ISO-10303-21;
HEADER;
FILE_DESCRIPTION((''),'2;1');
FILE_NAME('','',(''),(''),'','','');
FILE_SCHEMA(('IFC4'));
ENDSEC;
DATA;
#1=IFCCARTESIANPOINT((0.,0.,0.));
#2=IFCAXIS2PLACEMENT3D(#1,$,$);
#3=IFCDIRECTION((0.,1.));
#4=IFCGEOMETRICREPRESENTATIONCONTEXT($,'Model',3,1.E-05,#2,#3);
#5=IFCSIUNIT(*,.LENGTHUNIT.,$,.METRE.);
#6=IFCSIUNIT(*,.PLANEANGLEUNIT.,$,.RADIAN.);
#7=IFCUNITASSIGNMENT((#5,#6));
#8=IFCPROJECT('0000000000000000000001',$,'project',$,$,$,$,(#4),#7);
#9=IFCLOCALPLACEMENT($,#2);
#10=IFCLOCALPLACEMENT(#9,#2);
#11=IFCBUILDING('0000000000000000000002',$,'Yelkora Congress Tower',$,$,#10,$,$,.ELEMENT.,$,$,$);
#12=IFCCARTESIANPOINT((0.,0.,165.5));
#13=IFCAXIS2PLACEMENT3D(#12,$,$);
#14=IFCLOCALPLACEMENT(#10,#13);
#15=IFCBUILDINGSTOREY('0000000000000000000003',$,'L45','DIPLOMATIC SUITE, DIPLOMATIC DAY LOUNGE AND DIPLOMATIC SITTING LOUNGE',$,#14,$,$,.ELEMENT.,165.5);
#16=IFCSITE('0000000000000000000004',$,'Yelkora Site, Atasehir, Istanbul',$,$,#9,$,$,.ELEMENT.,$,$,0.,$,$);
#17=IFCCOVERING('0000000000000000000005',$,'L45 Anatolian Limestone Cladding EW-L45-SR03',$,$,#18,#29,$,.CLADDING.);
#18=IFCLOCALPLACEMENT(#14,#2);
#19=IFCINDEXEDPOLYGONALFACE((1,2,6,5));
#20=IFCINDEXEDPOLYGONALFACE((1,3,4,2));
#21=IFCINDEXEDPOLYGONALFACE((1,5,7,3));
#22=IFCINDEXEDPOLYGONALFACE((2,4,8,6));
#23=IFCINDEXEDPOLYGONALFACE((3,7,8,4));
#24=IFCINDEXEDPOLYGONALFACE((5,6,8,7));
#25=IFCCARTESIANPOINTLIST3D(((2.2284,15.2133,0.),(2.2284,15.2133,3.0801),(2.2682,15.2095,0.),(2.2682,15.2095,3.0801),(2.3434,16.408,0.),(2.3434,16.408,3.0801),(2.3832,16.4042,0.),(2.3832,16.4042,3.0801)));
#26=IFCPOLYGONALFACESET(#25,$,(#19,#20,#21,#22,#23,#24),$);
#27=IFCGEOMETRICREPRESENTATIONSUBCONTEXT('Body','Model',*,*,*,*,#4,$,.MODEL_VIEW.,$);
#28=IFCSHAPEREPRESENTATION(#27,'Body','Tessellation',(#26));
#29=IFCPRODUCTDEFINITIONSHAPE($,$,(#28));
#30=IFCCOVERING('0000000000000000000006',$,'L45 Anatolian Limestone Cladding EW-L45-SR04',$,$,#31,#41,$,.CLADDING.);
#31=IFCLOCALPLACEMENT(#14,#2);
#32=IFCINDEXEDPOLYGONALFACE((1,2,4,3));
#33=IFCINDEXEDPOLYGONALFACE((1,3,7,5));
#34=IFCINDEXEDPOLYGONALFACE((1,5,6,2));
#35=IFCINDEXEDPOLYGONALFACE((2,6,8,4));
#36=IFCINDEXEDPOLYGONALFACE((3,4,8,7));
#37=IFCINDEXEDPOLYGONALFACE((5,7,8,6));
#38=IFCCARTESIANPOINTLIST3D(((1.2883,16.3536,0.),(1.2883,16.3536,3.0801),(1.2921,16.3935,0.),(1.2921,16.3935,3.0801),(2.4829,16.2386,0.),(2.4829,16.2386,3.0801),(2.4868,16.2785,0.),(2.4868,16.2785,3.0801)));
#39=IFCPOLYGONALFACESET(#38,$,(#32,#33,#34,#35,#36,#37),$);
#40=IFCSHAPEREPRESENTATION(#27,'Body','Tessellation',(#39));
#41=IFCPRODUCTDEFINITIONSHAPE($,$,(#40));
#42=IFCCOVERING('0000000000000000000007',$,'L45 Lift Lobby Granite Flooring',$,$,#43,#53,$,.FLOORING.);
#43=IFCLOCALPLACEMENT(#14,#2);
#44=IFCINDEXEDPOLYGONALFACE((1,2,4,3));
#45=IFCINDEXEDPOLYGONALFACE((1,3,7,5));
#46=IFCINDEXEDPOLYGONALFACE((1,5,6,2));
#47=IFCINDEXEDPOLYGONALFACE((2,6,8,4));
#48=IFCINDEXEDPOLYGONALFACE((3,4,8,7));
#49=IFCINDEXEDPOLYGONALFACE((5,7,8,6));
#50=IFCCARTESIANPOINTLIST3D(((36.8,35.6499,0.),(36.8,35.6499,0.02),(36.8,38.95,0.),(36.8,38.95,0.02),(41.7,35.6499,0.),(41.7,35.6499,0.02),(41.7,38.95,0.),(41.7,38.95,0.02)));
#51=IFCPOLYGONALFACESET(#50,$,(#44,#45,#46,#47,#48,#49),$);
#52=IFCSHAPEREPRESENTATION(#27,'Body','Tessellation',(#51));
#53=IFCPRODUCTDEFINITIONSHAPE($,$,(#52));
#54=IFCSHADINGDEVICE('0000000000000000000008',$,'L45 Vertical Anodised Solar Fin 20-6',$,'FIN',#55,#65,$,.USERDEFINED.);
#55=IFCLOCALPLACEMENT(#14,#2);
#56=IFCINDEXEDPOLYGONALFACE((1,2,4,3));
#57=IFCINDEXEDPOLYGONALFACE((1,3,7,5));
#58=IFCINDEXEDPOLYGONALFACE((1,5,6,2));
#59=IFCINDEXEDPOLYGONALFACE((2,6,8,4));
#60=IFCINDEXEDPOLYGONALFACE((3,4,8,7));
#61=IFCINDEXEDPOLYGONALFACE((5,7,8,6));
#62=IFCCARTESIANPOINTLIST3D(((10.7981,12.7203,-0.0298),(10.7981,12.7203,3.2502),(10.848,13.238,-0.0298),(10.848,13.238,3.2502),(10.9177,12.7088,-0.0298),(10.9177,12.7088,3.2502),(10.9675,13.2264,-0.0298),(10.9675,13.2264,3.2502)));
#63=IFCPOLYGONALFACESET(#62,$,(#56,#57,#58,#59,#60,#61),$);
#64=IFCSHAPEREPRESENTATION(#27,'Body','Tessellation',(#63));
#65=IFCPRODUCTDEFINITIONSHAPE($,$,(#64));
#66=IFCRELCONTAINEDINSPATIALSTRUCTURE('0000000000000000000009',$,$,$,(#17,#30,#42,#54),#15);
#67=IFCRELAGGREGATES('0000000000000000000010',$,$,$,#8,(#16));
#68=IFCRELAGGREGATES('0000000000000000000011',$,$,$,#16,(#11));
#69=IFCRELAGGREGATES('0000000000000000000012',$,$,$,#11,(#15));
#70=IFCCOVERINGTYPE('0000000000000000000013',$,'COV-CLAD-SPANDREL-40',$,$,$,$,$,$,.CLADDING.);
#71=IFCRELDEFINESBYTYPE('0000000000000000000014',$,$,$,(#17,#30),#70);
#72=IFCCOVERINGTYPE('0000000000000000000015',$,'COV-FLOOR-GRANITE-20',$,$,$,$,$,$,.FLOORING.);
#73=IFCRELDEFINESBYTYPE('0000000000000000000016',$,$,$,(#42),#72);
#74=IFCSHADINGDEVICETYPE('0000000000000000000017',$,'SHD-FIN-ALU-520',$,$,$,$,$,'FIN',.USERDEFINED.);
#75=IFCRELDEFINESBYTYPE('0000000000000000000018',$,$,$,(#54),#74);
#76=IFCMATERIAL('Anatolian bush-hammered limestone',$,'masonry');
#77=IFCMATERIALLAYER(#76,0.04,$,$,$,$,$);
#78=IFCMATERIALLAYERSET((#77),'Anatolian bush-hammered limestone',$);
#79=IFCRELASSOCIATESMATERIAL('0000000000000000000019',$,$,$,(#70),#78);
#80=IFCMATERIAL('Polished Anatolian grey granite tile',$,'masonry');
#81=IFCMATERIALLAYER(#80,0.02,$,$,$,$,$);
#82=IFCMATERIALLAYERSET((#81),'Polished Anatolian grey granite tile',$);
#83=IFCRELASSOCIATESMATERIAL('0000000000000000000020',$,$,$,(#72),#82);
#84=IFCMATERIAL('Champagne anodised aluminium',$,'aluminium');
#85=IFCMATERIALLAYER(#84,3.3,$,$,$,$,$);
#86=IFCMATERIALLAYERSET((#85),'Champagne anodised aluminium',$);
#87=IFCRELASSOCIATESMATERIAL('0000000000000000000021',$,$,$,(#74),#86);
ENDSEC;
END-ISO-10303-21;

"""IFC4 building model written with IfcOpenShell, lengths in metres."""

from ifc_helpers import new_model, si_unit, direction, frame, frame_2d, origin, origin_2d, place, context, subcontext, project, spatial, polyline, rectangle, outline, extrude, material, layer, layer_set, type_object, element, save


model = new_model("IFC4")

# Units and contexts
model_context = context("Model", 3, precision=1e-05, world=origin(), true_north=direction((0.0, 1.0)))
body_context = subcontext(model_context, "Body", "Model", "MODEL_VIEW")
ifc_project = project(units=[si_unit("LENGTHUNIT", "METRE"), si_unit("PLANEANGLEUNIT", "RADIAN")], contexts=[model_context])

# Site, building, storey
site_placement = place(None, origin())
site = spatial("IfcSite", under=ifc_project, at=site_placement, Name="Yelkora Site, Atasehir, Istanbul", CompositionType="ELEMENT", RefElevation=0.0)
building_placement = place(site_placement, origin())
building = spatial("IfcBuilding", under=site, at=building_placement, Name="Yelkora Congress Tower", CompositionType="ELEMENT")
storey_placement = place(building_placement, frame((0.0, 0.0, 165.5)))
storey = spatial("IfcBuildingStorey", under=building, at=storey_placement, Name="L45", Description="DIPLOMATIC SUITE, DIPLOMATIC DAY LOUNGE AND DIPLOMATIC SITTING LOUNGE", CompositionType="ELEMENT", Elevation=165.5)

# Coverings
ifc_material_1 = material(Name="Anatolian bush-hammered limestone", Category="masonry")
ifc_layer_1 = layer(ifc_material_1, 0.04)
ifc_layer_set_1 = layer_set([ifc_layer_1], Name="Anatolian bush-hammered limestone")
covering_type_1 = type_object("IfcCoveringType", Name="COV-CLAD-SPANDREL-40", PredefinedType="CLADDING", material=ifc_layer_set_1)
for number, where, z_axis, x_axis, name in (
    (1, (2.2483, 15.2114, 0.0), (0.0, 0.0, 1.0), (0.095817, 0.995399, 0.0), "L45 Anatolian Limestone Cladding EW-L45-SR03"),
    (2, (2.4849, 16.2585, 0.0), (0.0, 0.0, 1.0), (-0.995399, 0.095817, 0.0), "L45 Anatolian Limestone Cladding EW-L45-SR04"),
):
    element("IfcCovering", number, at=place(storey_placement, frame(where, z_axis=z_axis, x_axis=x_axis)), inside=storey, type_object=covering_type_1, Name=name, PredefinedType="CLADDING", context=body_context, shape_type="SweptSolid", body=[
        extrude(rectangle(XDim=1.2002, YDim=0.04, at=frame_2d((0.6001, 0.0))), origin(), (0.0, 0.0, 1.0), 3.0801),
    ])
ifc_material_2 = material(Name="Polished Anatolian grey granite tile", Category="masonry")
ifc_layer_2 = layer(ifc_material_2, 0.02)
ifc_layer_set_2 = layer_set([ifc_layer_2], Name="Polished Anatolian grey granite tile")
covering_type_2 = type_object("IfcCoveringType", Name="COV-FLOOR-GRANITE-20", PredefinedType="FLOORING", material=ifc_layer_set_2)
covering_1_placement = place(storey_placement, origin())
element("IfcCovering", 3, at=covering_1_placement, inside=storey, type_object=covering_type_2, Name="L45 Lift Lobby Granite Flooring", PredefinedType="FLOORING", context=body_context, shape_type="SweptSolid", body=[
    extrude(outline(polyline([(36.8, 35.6499), (41.7, 35.6499), (41.7, 38.95), (36.8, 38.95), (36.8, 35.6499)])), origin(), (0.0, 0.0, 1.0), 0.02),
])

# Shading device
ifc_material_3 = material(Name="Champagne anodised aluminium", Category="aluminium")
ifc_layer_3 = layer(ifc_material_3, 3.3)
ifc_layer_set_3 = layer_set([ifc_layer_3], Name="Champagne anodised aluminium")
shading_device_type = type_object("IfcShadingDeviceType", Name="SHD-FIN-ALU-520", ElementType="FIN", PredefinedType="USERDEFINED", material=ifc_layer_set_3)
shading_device_placement = place(storey_placement, frame((10.8828, 12.9734, -0.0298), z_axis=(0.0, 0.0, 1.0), x_axis=(-0.995396, 0.095846, 0.0)))
element("IfcShadingDevice", 4, at=shading_device_placement, inside=storey, type_object=shading_device_type, Name="L45 Vertical Anodised Solar Fin 20-6", ObjectType="FIN", PredefinedType="USERDEFINED", context=body_context, shape_type="SweptSolid", body=[
    extrude(rectangle(XDim=0.1201, YDim=0.52, at=origin_2d()), origin(), (0.0, 0.0, 1.0), 3.28),
])

save(model, "model.ifc")
